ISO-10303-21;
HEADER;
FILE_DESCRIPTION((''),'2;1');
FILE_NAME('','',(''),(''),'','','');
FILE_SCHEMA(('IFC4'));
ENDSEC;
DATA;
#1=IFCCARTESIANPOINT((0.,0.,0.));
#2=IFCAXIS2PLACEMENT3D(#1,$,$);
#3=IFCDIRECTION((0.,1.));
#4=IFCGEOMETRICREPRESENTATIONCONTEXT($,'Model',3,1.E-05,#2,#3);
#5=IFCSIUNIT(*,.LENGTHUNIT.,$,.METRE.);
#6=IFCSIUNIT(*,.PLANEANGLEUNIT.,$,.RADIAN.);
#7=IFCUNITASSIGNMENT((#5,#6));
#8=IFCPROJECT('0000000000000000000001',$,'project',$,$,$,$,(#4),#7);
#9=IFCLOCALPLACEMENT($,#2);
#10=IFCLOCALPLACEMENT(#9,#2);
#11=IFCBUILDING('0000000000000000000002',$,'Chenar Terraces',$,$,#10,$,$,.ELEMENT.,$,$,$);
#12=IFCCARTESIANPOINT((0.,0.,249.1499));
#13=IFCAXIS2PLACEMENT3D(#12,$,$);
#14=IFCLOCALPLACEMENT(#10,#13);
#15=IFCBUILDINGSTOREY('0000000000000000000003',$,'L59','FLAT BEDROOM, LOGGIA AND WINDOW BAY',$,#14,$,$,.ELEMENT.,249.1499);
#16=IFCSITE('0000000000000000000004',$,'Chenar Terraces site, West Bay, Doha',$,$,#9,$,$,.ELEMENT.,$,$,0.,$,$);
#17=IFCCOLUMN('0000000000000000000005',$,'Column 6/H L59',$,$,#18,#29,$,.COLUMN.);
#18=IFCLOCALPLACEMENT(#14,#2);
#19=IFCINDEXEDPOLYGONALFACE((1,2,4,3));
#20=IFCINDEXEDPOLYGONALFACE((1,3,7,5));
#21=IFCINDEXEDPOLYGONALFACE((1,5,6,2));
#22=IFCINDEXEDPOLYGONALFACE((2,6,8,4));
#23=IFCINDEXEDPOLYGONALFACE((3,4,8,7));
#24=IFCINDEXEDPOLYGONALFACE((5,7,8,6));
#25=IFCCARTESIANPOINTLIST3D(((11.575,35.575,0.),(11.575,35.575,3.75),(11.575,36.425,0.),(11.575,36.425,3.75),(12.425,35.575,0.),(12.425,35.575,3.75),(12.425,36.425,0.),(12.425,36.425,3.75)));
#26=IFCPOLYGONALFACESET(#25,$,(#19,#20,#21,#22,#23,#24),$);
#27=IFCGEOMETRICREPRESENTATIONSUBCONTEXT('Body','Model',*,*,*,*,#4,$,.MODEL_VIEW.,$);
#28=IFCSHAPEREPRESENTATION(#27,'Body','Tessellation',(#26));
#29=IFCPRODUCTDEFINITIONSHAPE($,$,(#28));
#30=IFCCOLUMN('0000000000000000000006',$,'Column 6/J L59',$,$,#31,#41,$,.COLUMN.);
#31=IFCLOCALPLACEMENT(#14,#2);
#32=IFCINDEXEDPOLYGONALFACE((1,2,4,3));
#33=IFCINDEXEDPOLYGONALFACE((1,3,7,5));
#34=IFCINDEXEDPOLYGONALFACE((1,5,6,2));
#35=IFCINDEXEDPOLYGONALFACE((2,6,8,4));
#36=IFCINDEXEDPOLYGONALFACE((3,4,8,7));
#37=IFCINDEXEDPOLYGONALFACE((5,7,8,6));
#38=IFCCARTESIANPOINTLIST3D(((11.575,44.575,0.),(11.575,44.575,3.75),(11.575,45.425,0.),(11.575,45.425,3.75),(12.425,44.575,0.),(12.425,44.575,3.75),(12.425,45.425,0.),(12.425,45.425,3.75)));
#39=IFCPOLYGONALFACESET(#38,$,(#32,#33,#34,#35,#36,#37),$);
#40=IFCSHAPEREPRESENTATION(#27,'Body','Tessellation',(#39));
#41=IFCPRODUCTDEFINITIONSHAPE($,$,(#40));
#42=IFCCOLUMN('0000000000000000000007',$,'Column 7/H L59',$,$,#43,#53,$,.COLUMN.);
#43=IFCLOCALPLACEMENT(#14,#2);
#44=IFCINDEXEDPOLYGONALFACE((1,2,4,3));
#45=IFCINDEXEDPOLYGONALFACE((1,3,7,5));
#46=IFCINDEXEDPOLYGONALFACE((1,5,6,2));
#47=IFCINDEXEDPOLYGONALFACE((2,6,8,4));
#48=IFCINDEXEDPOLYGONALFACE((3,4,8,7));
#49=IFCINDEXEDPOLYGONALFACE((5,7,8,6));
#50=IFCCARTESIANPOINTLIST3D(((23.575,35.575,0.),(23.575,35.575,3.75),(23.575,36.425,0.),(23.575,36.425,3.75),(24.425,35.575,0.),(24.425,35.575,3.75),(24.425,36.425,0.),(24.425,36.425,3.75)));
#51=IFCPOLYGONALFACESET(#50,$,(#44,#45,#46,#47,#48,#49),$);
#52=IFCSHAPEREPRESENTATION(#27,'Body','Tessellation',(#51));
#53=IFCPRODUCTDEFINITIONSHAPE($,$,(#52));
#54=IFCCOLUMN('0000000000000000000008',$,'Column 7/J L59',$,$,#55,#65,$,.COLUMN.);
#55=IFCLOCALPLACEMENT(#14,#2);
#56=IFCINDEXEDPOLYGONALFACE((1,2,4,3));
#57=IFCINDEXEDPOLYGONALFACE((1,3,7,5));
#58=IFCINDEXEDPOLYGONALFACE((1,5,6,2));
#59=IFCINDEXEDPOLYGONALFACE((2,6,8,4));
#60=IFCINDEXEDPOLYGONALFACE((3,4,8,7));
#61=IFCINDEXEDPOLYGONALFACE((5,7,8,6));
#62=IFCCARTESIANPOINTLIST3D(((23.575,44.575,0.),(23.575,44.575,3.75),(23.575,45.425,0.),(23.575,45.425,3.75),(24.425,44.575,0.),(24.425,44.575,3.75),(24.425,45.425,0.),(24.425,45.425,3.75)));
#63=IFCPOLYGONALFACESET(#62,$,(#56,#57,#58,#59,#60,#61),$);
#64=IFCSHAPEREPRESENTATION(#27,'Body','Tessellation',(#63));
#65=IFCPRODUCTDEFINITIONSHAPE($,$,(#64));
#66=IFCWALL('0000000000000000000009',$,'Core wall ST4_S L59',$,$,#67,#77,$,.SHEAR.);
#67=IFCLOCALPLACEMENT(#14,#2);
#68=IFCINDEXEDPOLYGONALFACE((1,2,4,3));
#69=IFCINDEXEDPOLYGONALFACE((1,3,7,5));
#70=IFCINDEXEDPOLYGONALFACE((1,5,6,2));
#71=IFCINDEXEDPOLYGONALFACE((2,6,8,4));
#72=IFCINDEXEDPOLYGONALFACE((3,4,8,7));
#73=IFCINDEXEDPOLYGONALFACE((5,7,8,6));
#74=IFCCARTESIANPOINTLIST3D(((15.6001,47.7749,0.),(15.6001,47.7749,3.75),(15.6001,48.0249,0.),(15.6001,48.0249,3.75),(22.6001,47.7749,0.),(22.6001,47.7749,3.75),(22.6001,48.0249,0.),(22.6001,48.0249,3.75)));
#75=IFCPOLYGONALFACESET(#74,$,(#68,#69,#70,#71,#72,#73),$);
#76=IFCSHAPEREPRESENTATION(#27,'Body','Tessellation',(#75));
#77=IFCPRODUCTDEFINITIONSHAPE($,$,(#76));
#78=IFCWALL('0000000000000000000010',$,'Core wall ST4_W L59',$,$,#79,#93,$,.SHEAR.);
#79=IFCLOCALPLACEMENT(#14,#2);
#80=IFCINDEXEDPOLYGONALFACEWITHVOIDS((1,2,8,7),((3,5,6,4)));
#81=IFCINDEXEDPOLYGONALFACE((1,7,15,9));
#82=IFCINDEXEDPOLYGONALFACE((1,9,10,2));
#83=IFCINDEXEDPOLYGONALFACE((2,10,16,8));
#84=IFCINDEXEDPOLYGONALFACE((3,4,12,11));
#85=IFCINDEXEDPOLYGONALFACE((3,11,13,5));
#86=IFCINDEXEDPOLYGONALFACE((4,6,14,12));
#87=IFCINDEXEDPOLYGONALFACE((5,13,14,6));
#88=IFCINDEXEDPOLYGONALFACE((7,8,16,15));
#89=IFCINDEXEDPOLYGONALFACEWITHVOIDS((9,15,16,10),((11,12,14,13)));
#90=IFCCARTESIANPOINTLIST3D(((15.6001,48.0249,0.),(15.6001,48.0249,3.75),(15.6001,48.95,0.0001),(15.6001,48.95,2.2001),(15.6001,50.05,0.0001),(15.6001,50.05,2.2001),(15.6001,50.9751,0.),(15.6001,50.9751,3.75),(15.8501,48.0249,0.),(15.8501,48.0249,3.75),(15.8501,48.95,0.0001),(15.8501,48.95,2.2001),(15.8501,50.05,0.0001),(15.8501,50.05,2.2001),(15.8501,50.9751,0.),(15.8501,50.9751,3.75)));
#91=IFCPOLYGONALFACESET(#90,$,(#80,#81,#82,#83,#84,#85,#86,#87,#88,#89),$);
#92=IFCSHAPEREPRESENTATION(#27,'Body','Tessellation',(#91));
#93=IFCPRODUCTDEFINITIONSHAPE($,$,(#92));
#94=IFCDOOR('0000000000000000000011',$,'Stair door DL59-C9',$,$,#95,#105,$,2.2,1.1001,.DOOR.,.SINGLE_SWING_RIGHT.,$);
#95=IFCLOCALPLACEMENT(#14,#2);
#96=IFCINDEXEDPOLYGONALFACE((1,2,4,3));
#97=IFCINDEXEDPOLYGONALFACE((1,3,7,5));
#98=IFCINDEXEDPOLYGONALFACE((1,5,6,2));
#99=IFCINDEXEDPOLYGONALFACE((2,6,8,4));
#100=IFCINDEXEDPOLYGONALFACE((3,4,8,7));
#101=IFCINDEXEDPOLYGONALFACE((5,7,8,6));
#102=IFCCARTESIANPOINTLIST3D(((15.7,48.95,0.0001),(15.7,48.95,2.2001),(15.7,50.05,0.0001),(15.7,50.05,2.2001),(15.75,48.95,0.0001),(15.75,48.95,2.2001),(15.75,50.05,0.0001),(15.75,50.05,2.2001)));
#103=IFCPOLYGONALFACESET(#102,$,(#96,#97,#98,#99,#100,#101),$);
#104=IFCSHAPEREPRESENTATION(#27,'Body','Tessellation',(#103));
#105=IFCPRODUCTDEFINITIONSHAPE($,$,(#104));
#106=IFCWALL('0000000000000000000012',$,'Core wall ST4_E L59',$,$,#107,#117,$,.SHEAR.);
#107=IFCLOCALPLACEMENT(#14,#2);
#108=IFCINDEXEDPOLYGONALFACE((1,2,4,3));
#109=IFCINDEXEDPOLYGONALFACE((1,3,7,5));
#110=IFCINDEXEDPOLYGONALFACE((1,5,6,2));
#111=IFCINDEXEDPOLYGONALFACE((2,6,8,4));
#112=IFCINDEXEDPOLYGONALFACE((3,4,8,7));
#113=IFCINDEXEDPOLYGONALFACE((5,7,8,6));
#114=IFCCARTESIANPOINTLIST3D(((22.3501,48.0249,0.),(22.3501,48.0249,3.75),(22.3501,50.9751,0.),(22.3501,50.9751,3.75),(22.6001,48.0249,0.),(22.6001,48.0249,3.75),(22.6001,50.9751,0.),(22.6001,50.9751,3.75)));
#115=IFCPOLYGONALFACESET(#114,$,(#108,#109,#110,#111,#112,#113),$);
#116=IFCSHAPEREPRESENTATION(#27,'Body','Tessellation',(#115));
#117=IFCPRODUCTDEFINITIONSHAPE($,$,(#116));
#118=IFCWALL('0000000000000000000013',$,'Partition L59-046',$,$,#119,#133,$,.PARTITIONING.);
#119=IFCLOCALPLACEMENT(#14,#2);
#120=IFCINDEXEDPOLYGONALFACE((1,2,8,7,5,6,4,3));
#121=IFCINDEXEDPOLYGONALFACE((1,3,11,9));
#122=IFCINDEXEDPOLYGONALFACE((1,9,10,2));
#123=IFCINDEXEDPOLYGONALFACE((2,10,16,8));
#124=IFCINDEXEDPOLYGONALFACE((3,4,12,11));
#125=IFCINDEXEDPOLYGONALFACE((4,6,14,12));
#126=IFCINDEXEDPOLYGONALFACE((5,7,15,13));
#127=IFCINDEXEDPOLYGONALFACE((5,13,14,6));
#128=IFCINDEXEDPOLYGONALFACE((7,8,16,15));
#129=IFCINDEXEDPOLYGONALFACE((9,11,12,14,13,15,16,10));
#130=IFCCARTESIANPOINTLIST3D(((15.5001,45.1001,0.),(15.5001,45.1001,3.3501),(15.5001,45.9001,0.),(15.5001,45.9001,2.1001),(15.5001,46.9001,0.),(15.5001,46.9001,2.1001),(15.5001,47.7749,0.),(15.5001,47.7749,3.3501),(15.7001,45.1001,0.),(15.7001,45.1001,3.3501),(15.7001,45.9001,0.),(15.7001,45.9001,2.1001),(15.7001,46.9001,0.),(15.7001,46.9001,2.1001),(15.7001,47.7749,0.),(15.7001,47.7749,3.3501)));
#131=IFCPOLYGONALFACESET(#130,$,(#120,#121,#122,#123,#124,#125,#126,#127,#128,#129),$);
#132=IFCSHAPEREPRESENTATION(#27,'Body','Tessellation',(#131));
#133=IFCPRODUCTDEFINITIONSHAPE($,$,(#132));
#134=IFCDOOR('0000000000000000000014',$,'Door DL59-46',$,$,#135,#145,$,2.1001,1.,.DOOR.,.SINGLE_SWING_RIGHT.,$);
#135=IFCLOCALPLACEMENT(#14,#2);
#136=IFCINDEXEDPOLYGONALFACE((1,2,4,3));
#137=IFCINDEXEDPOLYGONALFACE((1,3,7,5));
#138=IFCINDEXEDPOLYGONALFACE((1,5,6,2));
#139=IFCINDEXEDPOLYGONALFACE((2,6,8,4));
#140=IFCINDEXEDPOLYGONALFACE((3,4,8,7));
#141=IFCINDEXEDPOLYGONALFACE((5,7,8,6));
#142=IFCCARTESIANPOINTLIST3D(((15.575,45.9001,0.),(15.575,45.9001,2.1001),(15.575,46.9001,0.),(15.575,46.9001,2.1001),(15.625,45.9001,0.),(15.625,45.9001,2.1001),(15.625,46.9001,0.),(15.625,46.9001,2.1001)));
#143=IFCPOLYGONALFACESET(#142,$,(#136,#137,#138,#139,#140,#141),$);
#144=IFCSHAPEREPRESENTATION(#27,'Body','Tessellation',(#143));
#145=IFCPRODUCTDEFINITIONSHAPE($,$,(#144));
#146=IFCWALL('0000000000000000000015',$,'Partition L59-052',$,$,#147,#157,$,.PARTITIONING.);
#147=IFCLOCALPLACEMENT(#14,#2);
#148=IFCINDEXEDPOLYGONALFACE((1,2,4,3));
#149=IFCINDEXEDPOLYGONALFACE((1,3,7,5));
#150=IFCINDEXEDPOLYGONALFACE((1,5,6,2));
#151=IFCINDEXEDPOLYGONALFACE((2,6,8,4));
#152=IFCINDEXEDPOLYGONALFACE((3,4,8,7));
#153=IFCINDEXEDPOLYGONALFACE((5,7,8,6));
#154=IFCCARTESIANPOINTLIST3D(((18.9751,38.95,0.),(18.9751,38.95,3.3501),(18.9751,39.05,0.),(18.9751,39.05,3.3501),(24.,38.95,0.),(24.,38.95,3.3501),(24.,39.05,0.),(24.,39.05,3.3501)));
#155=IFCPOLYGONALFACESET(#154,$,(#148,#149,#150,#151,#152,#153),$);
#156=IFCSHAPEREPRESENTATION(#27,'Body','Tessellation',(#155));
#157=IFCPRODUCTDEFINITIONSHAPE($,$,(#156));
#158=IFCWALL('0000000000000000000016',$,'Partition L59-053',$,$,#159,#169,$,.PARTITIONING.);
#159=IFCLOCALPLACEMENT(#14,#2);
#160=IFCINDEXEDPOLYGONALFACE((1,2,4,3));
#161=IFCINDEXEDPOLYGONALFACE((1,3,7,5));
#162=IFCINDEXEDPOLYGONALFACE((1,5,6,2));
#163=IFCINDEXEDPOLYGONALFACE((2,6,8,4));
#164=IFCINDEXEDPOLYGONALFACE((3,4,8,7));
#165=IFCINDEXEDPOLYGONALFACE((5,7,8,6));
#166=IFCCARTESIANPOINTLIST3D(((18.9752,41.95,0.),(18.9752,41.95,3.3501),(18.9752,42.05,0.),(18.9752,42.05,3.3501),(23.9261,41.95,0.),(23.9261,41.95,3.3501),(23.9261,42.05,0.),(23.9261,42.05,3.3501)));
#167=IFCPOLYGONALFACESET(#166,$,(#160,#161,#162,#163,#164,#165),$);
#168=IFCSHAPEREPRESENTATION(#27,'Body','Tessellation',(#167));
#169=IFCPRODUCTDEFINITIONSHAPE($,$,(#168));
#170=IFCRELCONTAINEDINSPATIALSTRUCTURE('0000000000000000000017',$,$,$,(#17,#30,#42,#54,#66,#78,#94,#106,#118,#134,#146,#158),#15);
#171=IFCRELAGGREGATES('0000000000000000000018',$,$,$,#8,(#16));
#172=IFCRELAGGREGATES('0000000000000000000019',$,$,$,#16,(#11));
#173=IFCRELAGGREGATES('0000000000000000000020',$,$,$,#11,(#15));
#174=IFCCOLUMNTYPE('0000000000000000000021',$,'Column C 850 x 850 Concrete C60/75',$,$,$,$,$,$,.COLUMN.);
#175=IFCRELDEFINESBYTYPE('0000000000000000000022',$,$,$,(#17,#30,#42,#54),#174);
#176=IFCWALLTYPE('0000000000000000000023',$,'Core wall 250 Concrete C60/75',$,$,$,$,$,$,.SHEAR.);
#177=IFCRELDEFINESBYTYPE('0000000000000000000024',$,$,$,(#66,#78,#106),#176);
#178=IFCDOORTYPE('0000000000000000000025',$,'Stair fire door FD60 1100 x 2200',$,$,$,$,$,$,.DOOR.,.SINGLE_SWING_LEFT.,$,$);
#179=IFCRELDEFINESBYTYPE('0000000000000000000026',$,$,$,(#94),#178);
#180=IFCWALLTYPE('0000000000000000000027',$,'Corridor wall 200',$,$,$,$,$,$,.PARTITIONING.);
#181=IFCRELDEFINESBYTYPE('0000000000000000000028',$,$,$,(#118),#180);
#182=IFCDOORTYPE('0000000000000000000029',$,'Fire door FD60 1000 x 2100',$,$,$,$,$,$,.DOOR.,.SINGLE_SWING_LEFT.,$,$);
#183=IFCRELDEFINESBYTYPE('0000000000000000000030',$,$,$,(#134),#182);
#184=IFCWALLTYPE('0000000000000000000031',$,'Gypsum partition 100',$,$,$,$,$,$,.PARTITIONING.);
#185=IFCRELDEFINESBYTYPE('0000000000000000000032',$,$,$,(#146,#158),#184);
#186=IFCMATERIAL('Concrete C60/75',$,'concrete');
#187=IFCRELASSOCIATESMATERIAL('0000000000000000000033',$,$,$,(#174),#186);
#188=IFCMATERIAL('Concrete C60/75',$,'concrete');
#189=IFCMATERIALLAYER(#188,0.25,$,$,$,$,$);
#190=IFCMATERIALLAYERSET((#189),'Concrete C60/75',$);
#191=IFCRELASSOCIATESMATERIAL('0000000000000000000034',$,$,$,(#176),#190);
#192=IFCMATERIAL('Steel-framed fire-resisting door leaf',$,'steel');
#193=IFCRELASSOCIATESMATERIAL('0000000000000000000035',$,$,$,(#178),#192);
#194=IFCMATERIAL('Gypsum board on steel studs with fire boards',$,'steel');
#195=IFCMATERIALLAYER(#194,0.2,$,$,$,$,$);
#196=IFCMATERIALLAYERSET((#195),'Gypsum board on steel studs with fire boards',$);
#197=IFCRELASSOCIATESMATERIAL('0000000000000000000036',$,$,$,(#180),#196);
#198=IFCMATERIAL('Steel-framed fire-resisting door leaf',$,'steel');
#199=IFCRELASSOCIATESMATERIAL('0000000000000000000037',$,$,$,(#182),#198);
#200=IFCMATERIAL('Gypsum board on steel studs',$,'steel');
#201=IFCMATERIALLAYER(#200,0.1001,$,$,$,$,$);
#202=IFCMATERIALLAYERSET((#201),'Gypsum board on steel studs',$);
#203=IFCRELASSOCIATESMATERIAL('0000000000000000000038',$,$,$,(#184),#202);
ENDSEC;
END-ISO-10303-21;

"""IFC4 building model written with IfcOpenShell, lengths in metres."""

from ifc_helpers import new_model, si_unit, direction, frame, frame_2d, origin, origin_2d, place, context, subcontext, project, spatial, rectangle, extrude, material, layer, layer_set, material_profile, profile_set, type_object, element, fill, save


model = new_model("IFC4")

# Units and contexts
model_context = context("Model", 3, precision=1e-05, world=origin(), true_north=direction((0.0, 1.0)))
body_context = subcontext(model_context, "Body", "Model", "MODEL_VIEW")
ifc_project = project(units=[si_unit("LENGTHUNIT", "METRE"), si_unit("PLANEANGLEUNIT", "RADIAN")], contexts=[model_context])

# Site, building, storey
site_placement = place(None, origin())
site = spatial("IfcSite", under=ifc_project, at=site_placement, Name="Chenar Terraces site, West Bay, Doha", CompositionType="ELEMENT", RefElevation=0.0)
building_placement = place(site_placement, origin())
building = spatial("IfcBuilding", under=site, at=building_placement, Name="Chenar Terraces", CompositionType="ELEMENT")
storey_placement = place(building_placement, frame((0.0, 0.0, 249.1499)))
storey = spatial("IfcBuildingStorey", under=building, at=storey_placement, Name="L59", Description="FLAT BEDROOM, LOGGIA AND WINDOW BAY", CompositionType="ELEMENT", Elevation=249.1499)

# Columns
ifc_material_1 = material(Name="Concrete C60/75", Category="concrete")
ifc_material_profile = material_profile(ifc_material_1, rectangle(XDim=0.8501, YDim=0.8501, at=origin_2d()), Name="C 850 x 850")
ifc_profile_set = profile_set([ifc_material_profile], Name="Concrete C60/75")
column_type = type_object("IfcColumnType", Name="Column C 850 x 850 Concrete C60/75", PredefinedType="COLUMN", material=ifc_profile_set)
for number, where, z_axis, x_axis, name in (
    (1, (12.0, 36.0, 0.0), (0.0, 0.0, 1.0), (1.0, 0.0, 0.0), "Column 6/H L59"),
    (2, (12.0, 45.0, 0.0), (0.0, 0.0, 1.0), (1.0, 0.0, 0.0), "Column 6/J L59"),
    (3, (24.0, 36.0, 0.0), (0.0, 0.0, 1.0), (1.0, 0.0, 0.0), "Column 7/H L59"),
    (4, (24.0, 45.0, 0.0), (0.0, 0.0, 1.0), (1.0, 0.0, 0.0), "Column 7/J L59"),
):
    element("IfcColumn", number, at=place(storey_placement, frame(where, z_axis=z_axis, x_axis=x_axis)), inside=storey, type_object=column_type, Name=name, PredefinedType="COLUMN", context=body_context, shape_type="SweptSolid", body=[
        extrude(rectangle(XDim=0.8501, YDim=0.8501, at=origin_2d()), origin(), (0.0, 0.0, 1.0), 3.75),
    ])

# Wall
ifc_material_2 = material(Name="Concrete C60/75", Category="concrete")
ifc_layer_1 = layer(ifc_material_2, 0.25)
ifc_layer_set_1 = layer_set([ifc_layer_1], Name="Concrete C60/75")
wall_type_1 = type_object("IfcWallType", Name="Core wall 250 Concrete C60/75", PredefinedType="SHEAR", material=ifc_layer_set_1)
wall_1_placement = place(storey_placement, frame((15.6001, 47.8999, 0.0), z_axis=(0.0, 0.0, 1.0), x_axis=(1.0, 0.0, 0.0)))
element("IfcWall", 5, at=wall_1_placement, inside=storey, type_object=wall_type_1, Name="Core wall ST4_S L59", PredefinedType="SHEAR", context=body_context, shape_type="SweptSolid", body=[
    extrude(rectangle(XDim=7.0, YDim=0.25, at=frame_2d((3.5, 0.0))), origin(), (0.0, 0.0, 1.0), 3.75),
])

# Wall, opening, door
wall_2_placement = place(storey_placement, frame((15.7251, 48.0249, 0.0), z_axis=(0.0, 0.0, 1.0), x_axis=(0.0, 1.0, 0.0)))
wall_2 = element("IfcWall", 6, at=wall_2_placement, inside=storey, type_object=wall_type_1, Name="Core wall ST4_W L59", PredefinedType="SHEAR", context=body_context, shape_type="SweptSolid", body=[
    extrude(rectangle(XDim=2.9502, YDim=0.25, at=frame_2d((1.4751, 0.0))), origin(), (0.0, 0.0, 1.0), 3.75),
])
opening_1_placement = place(wall_2_placement, frame((0.925, 0.0, 0.0)))
opening_1 = element("IfcOpeningElement", 7, at=opening_1_placement, cuts=wall_2, PredefinedType="OPENING", context=body_context, shape_type="SweptSolid", body=[
    extrude(rectangle(XDim=1.1001, YDim=2.2, at=frame_2d((0.55, 1.1001))), frame((0.0, 0.135, 0.0), z_axis=(0.0, -1.0, 0.0), x_axis=(1.0, 0.0, 0.0)), (0.0, 0.0, 1.0), 0.27),
])
ifc_material_3 = material(Name="Steel-framed fire-resisting door leaf", Category="steel")
door_type_1 = type_object("IfcDoorType", Name="Stair fire door FD60 1100 x 2200", OperationType="SINGLE_SWING_LEFT", PredefinedType="DOOR", material=ifc_material_3)
door_1_placement = place(opening_1_placement, frame((1.1001, 0.0, 0.0), z_axis=(0.0, 0.0, 1.0), x_axis=(-1.0, 0.0, 0.0)))
door_1 = element("IfcDoor", 8, at=door_1_placement, inside=storey, type_object=door_type_1, Name="Stair door DL59-C9", OperationType="SINGLE_SWING_RIGHT", OverallHeight=2.2, OverallWidth=1.1001, PredefinedType="DOOR", context=body_context, shape_type="SweptSolid", body=[
    extrude(rectangle(XDim=1.1001, YDim=2.2, at=frame_2d((0.55, 1.1001))), frame((0.0, 0.0249, 0.0), z_axis=(0.0, -1.0, 0.0), x_axis=(1.0, 0.0, 0.0)), (0.0, 0.0, 1.0), 0.05),
])
fill(opening_1, door_1)

# Wall
wall_3_placement = place(storey_placement, frame((22.4751, 48.0249, 0.0), z_axis=(0.0, 0.0, 1.0), x_axis=(0.0, 1.0, 0.0)))
element("IfcWall", 9, at=wall_3_placement, inside=storey, type_object=wall_type_1, Name="Core wall ST4_E L59", PredefinedType="SHEAR", context=body_context, shape_type="SweptSolid", body=[
    extrude(rectangle(XDim=2.9502, YDim=0.25, at=frame_2d((1.4751, 0.0))), origin(), (0.0, 0.0, 1.0), 3.75),
])

# Wall, opening, door
ifc_material_4 = material(Name="Gypsum board on steel studs with fire boards", Category="steel")
ifc_layer_2 = layer(ifc_material_4, 0.2)
ifc_layer_set_2 = layer_set([ifc_layer_2], Name="Gypsum board on steel studs with fire boards")
wall_type_2 = type_object("IfcWallType", Name="Corridor wall 200", PredefinedType="PARTITIONING", material=ifc_layer_set_2)
wall_4_placement = place(storey_placement, frame((15.6001, 45.1001, 0.0), z_axis=(0.0, 0.0, 1.0), x_axis=(0.0, 1.0, 0.0)))
wall_4 = element("IfcWall", 10, at=wall_4_placement, inside=storey, type_object=wall_type_2, Name="Partition L59-046", PredefinedType="PARTITIONING", context=body_context, shape_type="SweptSolid", body=[
    extrude(rectangle(XDim=2.6748, YDim=0.2, at=frame_2d((1.3374, 0.0))), origin(), (0.0, 0.0, 1.0), 3.3501),
])
opening_2_placement = place(wall_4_placement, frame((0.8, 0.0, 0.0)))
opening_2 = element("IfcOpeningElement", 11, at=opening_2_placement, cuts=wall_4, PredefinedType="OPENING", context=body_context, shape_type="SweptSolid", body=[
    extrude(rectangle(XDim=1.0, YDim=2.1001, at=frame_2d((0.5, 1.05))), frame((0.0, 0.1099, 0.0), z_axis=(0.0, -1.0, 0.0), x_axis=(1.0, 0.0, 0.0)), (0.0, 0.0, 1.0), 0.22),
])
ifc_material_5 = material(Name="Steel-framed fire-resisting door leaf", Category="steel")
door_type_2 = type_object("IfcDoorType", Name="Fire door FD60 1000 x 2100", OperationType="SINGLE_SWING_LEFT", PredefinedType="DOOR", material=ifc_material_5)
door_2_placement = place(opening_2_placement, frame((1.0, 0.0, 0.0), z_axis=(0.0, 0.0, 1.0), x_axis=(-1.0, 0.0, 0.0)))
door_2 = element("IfcDoor", 12, at=door_2_placement, inside=storey, type_object=door_type_2, Name="Door DL59-46", OperationType="SINGLE_SWING_RIGHT", OverallHeight=2.1001, OverallWidth=1.0, PredefinedType="DOOR", context=body_context, shape_type="SweptSolid", body=[
    extrude(rectangle(XDim=1.0, YDim=2.1001, at=frame_2d((0.5, 1.05))), frame((0.0, 0.0249, 0.0), z_axis=(0.0, -1.0, 0.0), x_axis=(1.0, 0.0, 0.0)), (0.0, 0.0, 1.0), 0.05),
])
fill(opening_2, door_2)

# Walls
ifc_material_6 = material(Name="Gypsum board on steel studs", Category="steel")
ifc_layer_3 = layer(ifc_material_6, 0.1001)
ifc_layer_set_3 = layer_set([ifc_layer_3], Name="Gypsum board on steel studs")
wall_type_3 = type_object("IfcWallType", Name="Gypsum partition 100", PredefinedType="PARTITIONING", material=ifc_layer_set_3)
wall_5_placement = place(storey_placement, frame((18.9751, 39.0, 0.0), z_axis=(0.0, 0.0, 1.0), x_axis=(1.0, 0.0, 0.0)))
element("IfcWall", 13, at=wall_5_placement, inside=storey, type_object=wall_type_3, Name="Partition L59-052", PredefinedType="PARTITIONING", context=body_context, shape_type="SweptSolid", body=[
    extrude(rectangle(XDim=5.0249, YDim=0.1001, at=frame_2d((2.5125, 0.0))), origin(), (0.0, 0.0, 1.0), 3.3501),
])
wall_6_placement = place(storey_placement, frame((18.9751, 42.0, 0.0), z_axis=(0.0, 0.0, 1.0), x_axis=(1.0, 0.0, 0.0)))
element("IfcWall", 14, at=wall_6_placement, inside=storey, type_object=wall_type_3, Name="Partition L59-053", PredefinedType="PARTITIONING", context=body_context, shape_type="SweptSolid", body=[
    extrude(rectangle(XDim=4.9509, YDim=0.1001, at=frame_2d((2.4756, 0.0))), origin(), (0.0, 0.0, 1.0), 3.3501),
])

save(model, "model.ifc")
